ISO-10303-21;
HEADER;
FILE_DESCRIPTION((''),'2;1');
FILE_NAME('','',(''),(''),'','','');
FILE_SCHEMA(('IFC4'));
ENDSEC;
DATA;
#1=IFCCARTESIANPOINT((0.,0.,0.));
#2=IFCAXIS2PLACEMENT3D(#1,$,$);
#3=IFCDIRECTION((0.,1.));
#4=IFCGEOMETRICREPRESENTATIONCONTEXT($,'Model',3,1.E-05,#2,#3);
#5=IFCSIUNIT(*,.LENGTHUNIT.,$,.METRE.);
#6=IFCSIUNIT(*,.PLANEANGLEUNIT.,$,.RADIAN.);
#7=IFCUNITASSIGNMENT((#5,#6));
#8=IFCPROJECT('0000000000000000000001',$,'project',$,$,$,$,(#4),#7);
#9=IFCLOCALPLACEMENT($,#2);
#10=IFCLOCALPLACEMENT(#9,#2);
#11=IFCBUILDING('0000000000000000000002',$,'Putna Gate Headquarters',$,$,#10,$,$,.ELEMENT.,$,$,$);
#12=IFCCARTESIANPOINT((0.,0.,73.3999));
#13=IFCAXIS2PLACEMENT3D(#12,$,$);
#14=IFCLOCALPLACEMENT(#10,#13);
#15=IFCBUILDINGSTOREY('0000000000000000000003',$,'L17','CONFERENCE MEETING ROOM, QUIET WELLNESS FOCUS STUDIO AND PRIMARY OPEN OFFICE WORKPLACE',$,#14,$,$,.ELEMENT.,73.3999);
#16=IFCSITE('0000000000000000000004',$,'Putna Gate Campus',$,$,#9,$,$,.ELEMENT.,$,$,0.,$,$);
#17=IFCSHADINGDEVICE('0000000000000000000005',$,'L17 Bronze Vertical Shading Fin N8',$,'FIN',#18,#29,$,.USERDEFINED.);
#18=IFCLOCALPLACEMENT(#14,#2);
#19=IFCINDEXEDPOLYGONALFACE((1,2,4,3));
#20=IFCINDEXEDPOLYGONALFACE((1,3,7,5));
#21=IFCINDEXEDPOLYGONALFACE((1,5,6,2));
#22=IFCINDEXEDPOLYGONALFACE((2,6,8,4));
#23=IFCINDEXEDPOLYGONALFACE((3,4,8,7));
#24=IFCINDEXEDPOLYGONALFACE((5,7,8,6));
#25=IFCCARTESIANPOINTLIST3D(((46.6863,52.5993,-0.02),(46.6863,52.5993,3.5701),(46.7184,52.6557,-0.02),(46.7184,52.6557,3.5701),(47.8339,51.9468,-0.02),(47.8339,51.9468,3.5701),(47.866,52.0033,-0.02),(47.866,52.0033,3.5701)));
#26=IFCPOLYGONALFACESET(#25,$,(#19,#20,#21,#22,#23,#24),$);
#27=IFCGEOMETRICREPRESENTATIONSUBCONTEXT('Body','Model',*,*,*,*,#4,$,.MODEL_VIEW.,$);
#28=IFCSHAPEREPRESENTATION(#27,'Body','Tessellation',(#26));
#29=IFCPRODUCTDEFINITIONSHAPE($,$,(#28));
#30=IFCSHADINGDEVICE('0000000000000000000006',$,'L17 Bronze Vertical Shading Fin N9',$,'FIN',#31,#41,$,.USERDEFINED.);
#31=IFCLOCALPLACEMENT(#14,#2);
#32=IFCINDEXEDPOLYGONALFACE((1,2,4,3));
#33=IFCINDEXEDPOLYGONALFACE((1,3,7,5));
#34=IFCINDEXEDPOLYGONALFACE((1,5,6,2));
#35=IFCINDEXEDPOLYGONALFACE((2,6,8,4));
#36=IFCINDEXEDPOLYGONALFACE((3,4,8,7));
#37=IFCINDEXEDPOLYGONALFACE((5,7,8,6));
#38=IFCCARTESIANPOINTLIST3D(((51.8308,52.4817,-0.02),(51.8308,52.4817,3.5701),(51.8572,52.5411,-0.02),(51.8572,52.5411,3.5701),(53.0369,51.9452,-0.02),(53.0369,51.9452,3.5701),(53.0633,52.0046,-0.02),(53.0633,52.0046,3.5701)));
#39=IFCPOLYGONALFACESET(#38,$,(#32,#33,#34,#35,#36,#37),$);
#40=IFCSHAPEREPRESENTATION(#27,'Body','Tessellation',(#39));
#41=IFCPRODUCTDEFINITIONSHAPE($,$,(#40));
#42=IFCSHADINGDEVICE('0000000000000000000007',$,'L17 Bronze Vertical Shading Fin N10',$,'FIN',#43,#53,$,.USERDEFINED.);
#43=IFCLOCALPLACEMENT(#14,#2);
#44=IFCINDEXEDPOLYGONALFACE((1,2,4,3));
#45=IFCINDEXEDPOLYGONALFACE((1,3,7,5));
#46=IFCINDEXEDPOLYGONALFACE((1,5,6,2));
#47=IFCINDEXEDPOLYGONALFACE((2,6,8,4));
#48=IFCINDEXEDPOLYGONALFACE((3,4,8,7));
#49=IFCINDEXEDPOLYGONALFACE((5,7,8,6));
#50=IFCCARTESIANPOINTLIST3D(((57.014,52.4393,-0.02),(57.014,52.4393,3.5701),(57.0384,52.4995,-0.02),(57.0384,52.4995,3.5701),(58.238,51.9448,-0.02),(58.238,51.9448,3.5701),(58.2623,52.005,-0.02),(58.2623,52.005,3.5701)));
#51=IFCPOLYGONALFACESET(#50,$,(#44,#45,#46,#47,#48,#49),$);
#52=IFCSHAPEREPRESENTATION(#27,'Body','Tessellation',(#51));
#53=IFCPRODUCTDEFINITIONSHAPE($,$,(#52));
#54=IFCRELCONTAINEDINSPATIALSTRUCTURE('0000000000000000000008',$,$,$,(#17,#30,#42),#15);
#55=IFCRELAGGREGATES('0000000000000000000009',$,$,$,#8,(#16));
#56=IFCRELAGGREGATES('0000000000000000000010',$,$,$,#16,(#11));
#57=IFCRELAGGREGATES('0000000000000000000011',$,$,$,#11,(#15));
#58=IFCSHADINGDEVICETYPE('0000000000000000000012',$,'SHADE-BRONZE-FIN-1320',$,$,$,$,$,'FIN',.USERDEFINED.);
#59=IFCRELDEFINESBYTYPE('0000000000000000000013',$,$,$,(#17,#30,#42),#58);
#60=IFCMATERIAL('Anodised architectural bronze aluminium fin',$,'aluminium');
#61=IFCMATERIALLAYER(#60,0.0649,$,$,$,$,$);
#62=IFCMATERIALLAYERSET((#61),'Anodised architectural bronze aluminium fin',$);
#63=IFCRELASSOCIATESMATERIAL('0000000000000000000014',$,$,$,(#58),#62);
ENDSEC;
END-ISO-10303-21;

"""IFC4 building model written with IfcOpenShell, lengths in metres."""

from ifc_helpers import new_model, si_unit, direction, frame, origin, origin_2d, place, context, subcontext, project, spatial, rectangle, extrude, material, layer, layer_set, type_object, element, save


model = new_model("IFC4")

# Units and contexts
model_context = context("Model", 3, precision=1e-05, world=origin(), true_north=direction((0.0, 1.0)))
body_context = subcontext(model_context, "Body", "Model", "MODEL_VIEW")
ifc_project = project(units=[si_unit("LENGTHUNIT", "METRE"), si_unit("PLANEANGLEUNIT", "RADIAN")], contexts=[model_context])

# Site, building, storey
site_placement = place(None, origin())
site = spatial("IfcSite", under=ifc_project, at=site_placement, Name="Putna Gate Campus", CompositionType="ELEMENT", RefElevation=0.0)
building_placement = place(site_placement, origin())
building = spatial("IfcBuilding", under=site, at=building_placement, Name="Putna Gate Headquarters", CompositionType="ELEMENT")
storey_placement = place(building_placement, frame((0.0, 0.0, 73.3999)))
storey = spatial("IfcBuildingStorey", under=building, at=storey_placement, Name="L17", Description="CONFERENCE MEETING ROOM, QUIET WELLNESS FOCUS STUDIO AND PRIMARY OPEN OFFICE WORKPLACE", CompositionType="ELEMENT", Elevation=73.3999)

# Shading devices
ifc_material_1 = material(Name="Anodised architectural bronze aluminium fin", Category="aluminium")
ifc_layer_1 = layer(ifc_material_1, 0.0649)
ifc_layer_set_1 = layer_set([ifc_layer_1], Name="Anodised architectural bronze aluminium fin")
shading_device_type = type_object("IfcShadingDeviceType", Name="SHADE-BRONZE-FIN-1320", ElementType="FIN", PredefinedType="USERDEFINED", material=ifc_layer_set_1)
for number, where, z_axis, x_axis, name in (
    (1, (47.2761, 52.3013, -0.02), (0.0, 0.0, 1.0), (-0.869322, 0.494245, 0.0), "L17 Bronze Vertical Shading Fin N8"),
    (2, (52.447, 52.2432, -0.02), (0.0, 0.0, 1.0), (-0.913687, 0.406418, 0.0), "L17 Bronze Vertical Shading Fin N9"),
    (3, (57.6382, 52.2222, -0.02), (0.0, 0.0, 1.0), (-0.927184, 0.374607, 0.0), "L17 Bronze Vertical Shading Fin N10"),
):
    element("IfcShadingDevice", number, at=place(storey_placement, frame(where, z_axis=z_axis, x_axis=x_axis)), inside=storey, type_object=shading_device_type, Name=name, ObjectType="FIN", PredefinedType="USERDEFINED", context=body_context, shape_type="SweptSolid", body=[
        extrude(rectangle(XDim=1.3201, YDim=0.0649, at=origin_2d()), origin(), (0.0, 0.0, 1.0), 3.5901),
    ])

save(model, "model.ifc")
